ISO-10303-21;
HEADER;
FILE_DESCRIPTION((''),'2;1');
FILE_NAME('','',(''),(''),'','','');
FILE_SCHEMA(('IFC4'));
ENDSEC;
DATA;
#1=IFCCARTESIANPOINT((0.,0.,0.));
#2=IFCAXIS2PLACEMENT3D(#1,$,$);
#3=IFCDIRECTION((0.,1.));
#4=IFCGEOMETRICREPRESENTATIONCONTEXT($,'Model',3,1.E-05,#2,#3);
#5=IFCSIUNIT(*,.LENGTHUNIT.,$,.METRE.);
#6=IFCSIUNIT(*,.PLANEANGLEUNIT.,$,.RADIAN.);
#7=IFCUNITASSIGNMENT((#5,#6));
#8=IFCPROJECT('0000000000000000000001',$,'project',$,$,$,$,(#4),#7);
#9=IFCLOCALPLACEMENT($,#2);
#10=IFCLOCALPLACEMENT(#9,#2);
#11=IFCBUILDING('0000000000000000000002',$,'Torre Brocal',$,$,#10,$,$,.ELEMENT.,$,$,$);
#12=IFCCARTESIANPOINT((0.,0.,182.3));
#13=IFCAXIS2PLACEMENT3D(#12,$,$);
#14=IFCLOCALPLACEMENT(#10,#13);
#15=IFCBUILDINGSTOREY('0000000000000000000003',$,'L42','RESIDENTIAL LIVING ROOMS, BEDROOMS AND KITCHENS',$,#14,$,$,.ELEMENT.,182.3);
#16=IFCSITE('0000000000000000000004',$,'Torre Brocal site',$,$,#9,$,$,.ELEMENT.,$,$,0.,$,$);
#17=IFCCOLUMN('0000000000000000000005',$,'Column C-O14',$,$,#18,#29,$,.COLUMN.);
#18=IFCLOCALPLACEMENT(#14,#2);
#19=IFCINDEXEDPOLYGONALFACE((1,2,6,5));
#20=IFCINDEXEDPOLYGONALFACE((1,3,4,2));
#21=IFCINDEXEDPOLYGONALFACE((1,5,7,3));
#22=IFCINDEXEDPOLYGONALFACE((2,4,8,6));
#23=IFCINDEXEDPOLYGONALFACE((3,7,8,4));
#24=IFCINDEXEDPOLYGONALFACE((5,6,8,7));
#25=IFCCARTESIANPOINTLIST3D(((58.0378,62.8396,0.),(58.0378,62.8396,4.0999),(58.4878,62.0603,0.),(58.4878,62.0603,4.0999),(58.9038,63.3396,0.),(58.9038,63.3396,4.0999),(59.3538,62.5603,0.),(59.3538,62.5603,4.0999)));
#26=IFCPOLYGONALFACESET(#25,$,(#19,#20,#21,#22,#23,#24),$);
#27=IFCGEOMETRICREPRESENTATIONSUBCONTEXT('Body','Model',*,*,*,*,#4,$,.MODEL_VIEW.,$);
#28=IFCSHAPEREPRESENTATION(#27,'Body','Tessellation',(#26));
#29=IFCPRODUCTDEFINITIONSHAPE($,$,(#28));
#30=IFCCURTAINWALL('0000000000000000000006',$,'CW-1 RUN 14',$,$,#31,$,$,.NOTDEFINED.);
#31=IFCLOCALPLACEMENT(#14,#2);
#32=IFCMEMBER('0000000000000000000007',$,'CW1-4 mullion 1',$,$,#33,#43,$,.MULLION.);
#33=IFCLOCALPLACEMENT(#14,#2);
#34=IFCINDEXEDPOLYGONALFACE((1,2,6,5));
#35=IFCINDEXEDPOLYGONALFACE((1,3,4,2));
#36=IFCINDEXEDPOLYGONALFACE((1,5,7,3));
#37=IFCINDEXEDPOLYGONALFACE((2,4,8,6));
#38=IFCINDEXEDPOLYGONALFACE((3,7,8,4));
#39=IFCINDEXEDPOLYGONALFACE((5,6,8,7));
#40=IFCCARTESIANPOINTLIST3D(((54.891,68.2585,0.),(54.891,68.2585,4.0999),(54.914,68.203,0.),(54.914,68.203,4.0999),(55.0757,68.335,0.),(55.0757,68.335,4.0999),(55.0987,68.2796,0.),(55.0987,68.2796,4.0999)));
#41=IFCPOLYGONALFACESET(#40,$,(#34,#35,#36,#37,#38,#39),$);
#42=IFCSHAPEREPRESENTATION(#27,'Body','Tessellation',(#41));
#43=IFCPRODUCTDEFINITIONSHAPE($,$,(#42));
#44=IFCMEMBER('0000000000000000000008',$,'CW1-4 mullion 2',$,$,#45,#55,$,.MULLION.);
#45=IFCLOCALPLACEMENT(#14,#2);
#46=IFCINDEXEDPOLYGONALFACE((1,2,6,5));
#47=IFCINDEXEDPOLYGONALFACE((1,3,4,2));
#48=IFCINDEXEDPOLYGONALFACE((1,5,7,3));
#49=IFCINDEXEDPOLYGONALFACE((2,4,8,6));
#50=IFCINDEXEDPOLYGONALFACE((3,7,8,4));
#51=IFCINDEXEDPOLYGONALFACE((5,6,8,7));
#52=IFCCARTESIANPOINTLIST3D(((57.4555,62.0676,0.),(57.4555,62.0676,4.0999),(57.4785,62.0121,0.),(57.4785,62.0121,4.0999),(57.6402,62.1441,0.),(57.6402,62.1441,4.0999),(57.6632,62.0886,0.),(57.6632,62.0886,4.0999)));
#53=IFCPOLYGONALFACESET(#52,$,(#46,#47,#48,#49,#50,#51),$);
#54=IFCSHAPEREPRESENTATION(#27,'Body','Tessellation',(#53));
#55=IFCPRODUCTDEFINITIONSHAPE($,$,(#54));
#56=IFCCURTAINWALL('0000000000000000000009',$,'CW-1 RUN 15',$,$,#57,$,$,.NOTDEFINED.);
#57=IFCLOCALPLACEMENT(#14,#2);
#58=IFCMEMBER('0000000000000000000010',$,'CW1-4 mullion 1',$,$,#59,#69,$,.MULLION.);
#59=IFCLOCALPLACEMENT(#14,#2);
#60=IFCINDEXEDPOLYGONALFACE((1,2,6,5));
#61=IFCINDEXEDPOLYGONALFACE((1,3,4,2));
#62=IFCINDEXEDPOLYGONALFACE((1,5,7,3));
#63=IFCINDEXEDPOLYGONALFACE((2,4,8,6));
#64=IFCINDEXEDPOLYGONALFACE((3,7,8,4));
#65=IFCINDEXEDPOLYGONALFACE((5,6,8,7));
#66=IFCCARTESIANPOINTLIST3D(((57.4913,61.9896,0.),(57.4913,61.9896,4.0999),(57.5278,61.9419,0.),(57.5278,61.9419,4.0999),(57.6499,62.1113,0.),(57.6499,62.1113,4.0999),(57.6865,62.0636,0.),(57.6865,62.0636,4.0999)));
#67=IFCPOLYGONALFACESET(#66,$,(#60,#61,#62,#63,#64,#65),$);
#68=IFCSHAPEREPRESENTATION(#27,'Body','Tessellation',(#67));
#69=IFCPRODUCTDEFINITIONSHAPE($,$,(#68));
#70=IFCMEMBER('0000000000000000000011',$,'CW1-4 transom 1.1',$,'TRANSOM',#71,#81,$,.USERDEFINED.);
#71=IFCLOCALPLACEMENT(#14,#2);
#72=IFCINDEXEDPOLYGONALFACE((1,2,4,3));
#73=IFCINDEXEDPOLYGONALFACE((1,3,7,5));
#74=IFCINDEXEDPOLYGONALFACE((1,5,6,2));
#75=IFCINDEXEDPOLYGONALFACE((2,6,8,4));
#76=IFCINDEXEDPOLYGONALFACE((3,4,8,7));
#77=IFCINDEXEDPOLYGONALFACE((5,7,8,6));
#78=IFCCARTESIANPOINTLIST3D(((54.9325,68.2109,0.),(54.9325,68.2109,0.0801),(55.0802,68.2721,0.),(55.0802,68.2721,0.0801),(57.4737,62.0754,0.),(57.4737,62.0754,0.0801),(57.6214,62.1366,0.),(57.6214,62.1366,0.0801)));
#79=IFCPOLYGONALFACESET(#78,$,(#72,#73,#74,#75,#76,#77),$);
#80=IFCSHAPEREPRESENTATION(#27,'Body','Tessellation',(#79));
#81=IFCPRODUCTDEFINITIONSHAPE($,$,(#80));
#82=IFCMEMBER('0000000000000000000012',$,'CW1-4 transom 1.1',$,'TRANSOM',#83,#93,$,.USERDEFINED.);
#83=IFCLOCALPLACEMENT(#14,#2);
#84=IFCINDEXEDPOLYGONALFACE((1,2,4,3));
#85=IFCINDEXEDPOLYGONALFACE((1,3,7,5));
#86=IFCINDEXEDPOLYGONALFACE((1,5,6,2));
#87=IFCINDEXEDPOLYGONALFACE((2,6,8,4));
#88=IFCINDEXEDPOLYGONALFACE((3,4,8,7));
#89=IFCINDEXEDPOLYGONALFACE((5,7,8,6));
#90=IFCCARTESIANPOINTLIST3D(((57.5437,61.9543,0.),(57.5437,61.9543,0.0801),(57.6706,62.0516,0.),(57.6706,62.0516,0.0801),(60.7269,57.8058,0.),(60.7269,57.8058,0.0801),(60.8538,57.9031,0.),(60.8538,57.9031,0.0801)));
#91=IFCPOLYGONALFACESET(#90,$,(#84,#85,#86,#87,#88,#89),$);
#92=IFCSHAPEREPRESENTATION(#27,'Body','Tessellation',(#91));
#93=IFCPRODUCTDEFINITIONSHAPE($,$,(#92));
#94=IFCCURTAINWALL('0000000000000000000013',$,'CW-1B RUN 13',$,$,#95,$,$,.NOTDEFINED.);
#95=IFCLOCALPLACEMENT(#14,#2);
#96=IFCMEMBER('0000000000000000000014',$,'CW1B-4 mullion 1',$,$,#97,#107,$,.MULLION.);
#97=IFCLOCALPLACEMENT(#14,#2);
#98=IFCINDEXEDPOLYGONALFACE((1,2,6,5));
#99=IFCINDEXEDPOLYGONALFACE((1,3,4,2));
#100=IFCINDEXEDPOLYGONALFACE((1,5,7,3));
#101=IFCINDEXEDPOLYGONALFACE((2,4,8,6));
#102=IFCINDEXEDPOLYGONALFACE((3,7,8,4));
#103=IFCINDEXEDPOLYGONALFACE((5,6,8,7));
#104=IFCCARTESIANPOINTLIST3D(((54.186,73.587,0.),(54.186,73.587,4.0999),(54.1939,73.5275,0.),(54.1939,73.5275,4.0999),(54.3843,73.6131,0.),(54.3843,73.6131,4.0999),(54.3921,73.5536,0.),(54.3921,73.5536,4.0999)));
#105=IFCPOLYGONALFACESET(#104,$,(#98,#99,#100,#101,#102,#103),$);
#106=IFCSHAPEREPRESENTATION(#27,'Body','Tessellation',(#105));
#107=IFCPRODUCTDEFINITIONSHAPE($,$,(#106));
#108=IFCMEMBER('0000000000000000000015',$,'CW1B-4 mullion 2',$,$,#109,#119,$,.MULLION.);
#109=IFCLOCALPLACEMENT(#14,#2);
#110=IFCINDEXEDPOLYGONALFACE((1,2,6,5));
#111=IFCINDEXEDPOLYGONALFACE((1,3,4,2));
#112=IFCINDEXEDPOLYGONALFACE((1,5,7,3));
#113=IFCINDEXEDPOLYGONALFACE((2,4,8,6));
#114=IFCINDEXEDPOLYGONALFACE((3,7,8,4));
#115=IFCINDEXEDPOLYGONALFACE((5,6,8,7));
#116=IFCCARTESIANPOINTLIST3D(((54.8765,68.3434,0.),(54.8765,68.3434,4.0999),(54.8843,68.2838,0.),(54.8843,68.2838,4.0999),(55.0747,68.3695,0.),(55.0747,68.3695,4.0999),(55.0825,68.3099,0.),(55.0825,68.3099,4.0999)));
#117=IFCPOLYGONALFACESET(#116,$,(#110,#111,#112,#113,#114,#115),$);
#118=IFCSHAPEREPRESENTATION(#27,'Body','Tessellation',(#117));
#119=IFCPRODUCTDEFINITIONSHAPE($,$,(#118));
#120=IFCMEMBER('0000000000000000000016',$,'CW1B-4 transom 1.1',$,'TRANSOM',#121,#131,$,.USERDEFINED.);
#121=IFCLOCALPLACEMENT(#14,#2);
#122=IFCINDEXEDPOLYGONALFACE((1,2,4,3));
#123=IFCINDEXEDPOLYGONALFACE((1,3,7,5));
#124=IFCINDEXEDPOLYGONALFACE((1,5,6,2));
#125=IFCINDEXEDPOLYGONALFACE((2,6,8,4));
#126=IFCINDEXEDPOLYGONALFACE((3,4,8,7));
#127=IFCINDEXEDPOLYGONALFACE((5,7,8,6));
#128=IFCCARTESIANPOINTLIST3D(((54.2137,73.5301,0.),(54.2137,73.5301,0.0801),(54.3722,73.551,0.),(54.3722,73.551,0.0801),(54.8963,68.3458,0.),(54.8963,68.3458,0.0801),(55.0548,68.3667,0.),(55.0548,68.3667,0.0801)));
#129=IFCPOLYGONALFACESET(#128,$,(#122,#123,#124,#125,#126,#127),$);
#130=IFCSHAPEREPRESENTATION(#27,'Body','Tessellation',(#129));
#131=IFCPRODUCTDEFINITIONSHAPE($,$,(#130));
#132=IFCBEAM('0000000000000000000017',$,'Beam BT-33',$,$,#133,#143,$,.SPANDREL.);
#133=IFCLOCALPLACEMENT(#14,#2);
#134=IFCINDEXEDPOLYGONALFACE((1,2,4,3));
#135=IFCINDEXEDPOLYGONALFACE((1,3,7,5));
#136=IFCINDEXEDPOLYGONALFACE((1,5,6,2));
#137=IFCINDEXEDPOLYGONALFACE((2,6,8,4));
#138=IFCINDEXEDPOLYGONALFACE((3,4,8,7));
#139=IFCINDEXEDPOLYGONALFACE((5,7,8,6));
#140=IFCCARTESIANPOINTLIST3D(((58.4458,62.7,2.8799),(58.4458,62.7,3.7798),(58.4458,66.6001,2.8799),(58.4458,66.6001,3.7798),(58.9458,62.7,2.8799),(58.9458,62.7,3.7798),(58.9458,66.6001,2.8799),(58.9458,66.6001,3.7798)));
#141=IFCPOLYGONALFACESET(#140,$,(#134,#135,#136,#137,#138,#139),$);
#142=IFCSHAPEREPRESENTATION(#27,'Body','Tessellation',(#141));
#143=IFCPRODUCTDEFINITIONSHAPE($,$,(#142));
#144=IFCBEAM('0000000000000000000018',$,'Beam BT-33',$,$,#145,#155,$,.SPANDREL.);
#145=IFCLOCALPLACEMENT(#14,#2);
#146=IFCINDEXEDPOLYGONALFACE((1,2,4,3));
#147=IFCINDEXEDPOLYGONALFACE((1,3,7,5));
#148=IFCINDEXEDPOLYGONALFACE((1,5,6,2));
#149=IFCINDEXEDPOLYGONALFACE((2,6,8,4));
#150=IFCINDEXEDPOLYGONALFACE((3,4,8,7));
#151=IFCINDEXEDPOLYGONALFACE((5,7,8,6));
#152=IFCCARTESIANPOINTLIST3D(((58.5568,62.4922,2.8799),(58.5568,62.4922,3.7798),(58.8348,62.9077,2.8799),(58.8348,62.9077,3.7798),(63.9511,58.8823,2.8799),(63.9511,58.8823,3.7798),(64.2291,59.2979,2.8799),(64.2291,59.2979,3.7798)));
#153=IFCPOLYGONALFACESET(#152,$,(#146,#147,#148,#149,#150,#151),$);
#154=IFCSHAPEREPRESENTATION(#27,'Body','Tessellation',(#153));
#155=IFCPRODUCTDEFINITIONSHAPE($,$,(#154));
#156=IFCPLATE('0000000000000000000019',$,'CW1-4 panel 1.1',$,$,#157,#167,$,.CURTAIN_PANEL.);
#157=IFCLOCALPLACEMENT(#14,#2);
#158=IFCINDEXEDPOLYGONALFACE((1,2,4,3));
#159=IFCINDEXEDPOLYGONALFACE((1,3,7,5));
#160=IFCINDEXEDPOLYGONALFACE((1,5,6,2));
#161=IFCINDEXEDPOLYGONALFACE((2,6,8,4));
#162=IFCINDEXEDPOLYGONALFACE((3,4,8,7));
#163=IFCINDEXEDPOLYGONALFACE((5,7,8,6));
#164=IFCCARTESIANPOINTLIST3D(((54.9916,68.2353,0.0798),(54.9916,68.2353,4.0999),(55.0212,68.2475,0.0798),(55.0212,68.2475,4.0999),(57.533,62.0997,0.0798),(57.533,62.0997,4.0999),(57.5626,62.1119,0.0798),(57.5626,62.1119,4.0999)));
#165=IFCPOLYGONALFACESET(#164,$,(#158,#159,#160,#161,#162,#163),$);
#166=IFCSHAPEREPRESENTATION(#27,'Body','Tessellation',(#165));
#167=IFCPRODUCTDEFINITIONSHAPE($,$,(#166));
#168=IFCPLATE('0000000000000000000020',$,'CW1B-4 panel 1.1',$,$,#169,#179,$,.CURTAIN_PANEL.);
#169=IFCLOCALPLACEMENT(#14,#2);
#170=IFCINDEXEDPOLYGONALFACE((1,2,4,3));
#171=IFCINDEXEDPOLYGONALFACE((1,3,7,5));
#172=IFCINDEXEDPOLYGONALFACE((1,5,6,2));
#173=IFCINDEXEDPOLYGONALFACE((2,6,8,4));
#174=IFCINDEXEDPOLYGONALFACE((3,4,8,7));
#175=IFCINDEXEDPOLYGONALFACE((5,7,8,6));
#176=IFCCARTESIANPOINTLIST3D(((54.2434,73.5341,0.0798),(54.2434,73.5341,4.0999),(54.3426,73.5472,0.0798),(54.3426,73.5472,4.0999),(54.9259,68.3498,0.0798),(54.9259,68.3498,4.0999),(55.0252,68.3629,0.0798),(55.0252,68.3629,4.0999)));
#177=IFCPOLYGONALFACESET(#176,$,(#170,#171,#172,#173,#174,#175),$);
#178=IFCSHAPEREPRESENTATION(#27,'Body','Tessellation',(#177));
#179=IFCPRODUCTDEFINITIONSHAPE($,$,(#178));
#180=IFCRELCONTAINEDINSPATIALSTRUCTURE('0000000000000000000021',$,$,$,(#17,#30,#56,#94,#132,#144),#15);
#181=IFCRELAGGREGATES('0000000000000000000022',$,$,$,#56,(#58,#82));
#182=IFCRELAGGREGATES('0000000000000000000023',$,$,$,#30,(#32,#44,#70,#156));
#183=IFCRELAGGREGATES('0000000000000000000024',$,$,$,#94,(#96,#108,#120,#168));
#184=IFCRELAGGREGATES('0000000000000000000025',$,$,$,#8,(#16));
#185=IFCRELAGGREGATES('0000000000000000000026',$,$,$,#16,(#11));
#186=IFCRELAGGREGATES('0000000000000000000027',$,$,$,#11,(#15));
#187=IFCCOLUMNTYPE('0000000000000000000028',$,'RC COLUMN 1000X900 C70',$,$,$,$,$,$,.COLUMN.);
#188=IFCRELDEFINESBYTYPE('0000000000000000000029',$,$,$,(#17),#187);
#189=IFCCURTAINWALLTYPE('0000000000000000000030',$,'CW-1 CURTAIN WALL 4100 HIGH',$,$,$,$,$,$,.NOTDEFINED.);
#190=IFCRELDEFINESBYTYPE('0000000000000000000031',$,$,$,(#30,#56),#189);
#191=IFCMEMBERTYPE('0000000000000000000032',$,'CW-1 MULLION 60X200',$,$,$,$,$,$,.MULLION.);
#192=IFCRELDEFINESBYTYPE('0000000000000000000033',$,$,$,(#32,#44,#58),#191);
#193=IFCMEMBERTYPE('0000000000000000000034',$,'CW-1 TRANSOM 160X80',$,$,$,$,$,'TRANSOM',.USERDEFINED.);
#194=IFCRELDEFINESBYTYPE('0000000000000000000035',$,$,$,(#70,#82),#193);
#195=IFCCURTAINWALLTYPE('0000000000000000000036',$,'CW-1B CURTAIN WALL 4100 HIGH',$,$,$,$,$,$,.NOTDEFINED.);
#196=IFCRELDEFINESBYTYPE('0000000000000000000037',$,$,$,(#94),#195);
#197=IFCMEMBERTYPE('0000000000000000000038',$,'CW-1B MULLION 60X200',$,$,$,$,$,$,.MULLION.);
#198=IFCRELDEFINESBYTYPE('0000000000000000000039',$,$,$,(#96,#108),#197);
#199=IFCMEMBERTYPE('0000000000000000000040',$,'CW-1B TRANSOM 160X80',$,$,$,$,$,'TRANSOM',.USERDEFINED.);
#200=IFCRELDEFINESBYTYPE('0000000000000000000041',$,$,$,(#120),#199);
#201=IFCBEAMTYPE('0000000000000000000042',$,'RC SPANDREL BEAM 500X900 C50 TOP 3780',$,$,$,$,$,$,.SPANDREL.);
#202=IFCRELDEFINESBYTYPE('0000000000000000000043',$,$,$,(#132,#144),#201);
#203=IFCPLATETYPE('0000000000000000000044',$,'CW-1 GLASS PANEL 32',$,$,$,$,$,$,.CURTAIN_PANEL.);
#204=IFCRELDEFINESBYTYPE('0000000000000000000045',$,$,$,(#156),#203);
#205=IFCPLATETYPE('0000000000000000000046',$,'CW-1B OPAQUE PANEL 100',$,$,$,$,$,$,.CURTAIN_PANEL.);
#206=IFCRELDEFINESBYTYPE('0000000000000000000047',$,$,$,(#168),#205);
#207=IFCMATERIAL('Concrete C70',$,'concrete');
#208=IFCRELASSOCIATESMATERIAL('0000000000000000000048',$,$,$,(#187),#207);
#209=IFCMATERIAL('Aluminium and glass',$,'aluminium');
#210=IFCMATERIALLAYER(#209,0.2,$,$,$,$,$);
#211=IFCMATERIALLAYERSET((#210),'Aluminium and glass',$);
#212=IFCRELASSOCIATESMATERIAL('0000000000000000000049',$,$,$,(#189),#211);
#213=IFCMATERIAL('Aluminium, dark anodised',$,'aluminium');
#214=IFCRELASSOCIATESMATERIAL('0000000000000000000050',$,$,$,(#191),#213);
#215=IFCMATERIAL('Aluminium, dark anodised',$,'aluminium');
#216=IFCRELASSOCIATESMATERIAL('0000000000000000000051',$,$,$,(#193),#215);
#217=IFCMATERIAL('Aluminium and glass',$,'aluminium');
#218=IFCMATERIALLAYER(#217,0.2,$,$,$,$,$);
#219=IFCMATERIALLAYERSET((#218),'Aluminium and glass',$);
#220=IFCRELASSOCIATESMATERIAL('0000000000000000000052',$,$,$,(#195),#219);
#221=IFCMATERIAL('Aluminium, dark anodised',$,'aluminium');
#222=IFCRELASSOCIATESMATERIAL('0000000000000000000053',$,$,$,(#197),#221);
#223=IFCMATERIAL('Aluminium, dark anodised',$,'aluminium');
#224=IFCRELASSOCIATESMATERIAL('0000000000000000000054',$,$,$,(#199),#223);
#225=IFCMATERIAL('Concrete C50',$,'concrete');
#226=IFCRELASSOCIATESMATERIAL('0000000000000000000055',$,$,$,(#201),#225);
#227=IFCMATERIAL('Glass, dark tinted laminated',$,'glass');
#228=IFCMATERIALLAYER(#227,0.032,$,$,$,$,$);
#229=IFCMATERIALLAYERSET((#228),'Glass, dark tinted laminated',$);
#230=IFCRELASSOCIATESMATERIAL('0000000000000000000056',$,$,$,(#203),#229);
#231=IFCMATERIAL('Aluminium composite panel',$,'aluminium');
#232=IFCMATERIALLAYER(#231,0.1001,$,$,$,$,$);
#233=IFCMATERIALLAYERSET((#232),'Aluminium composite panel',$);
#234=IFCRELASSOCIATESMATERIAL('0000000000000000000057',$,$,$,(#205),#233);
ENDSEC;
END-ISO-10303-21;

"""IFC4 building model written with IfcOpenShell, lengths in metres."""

from ifc_helpers import new_model, si_unit, direction, frame, origin, origin_2d, place, context, subcontext, project, spatial, rectangle, extrude, material, layer, layer_set, material_profile, profile_set, type_object, element, aggregate, save


model = new_model("IFC4")

# Units and contexts
model_context = context("Model", 3, precision=1e-05, world=origin(), true_north=direction((0.0, 1.0)))
body_context = subcontext(model_context, "Body", "Model", "MODEL_VIEW")
ifc_project = project(units=[si_unit("LENGTHUNIT", "METRE"), si_unit("PLANEANGLEUNIT", "RADIAN")], contexts=[model_context])

# Site, building, storey
site_placement = place(None, origin())
site = spatial("IfcSite", under=ifc_project, at=site_placement, Name="Torre Brocal site", CompositionType="ELEMENT", RefElevation=0.0)
building_placement = place(site_placement, origin())
building = spatial("IfcBuilding", under=site, at=building_placement, Name="Torre Brocal", CompositionType="ELEMENT")
storey_placement = place(building_placement, frame((0.0, 0.0, 182.3)))
storey = spatial("IfcBuildingStorey", under=building, at=storey_placement, Name="L42", Description="RESIDENTIAL LIVING ROOMS, BEDROOMS AND KITCHENS", CompositionType="ELEMENT", Elevation=182.3)

# Column
ifc_material_1 = material(Name="Concrete C70", Category="concrete")
ifc_material_profile_1 = material_profile(ifc_material_1, rectangle(XDim=1.0, YDim=0.8999, at=origin_2d()), Name="RC 1000X900")
ifc_profile_set_1 = profile_set([ifc_material_profile_1], Name="Concrete C70")
column_type = type_object("IfcColumnType", Name="RC COLUMN 1000X900 C70", PredefinedType="COLUMN", material=ifc_profile_set_1)
column_placement = place(storey_placement, frame((58.6958, 62.7, 0.0), z_axis=(0.0, 0.0, 1.0), x_axis=(-0.866025, -0.5, 0.0)))
element("IfcColumn", 1, at=column_placement, inside=storey, type_object=column_type, Name="Column C-O14", PredefinedType="COLUMN", context=body_context, shape_type="SweptSolid", body=[
    extrude(rectangle(XDim=1.0, YDim=0.8999, at=origin_2d()), origin(), (0.0, 0.0, 1.0), 4.0999),
])

# Curtain wall, members
ifc_material_2 = material(Name="Aluminium and glass", Category="aluminium")
ifc_layer_1 = layer(ifc_material_2, 0.2)
ifc_layer_set_1 = layer_set([ifc_layer_1], Name="Aluminium and glass")
curtain_wall_type_1 = type_object("IfcCurtainWallType", Name="CW-1 CURTAIN WALL 4100 HIGH", PredefinedType="NOTDEFINED", material=ifc_layer_set_1)
curtain_wall_1_placement = place(storey_placement, origin())
curtain_wall_1 = element("IfcCurtainWall", 2, at=curtain_wall_1_placement, inside=storey, type_object=curtain_wall_type_1, Name="CW-1 RUN 14", PredefinedType="NOTDEFINED")
ifc_material_3 = material(Name="Aluminium, dark anodised", Category="aluminium")
ifc_material_profile_2 = material_profile(ifc_material_3, rectangle(XDim=0.2, YDim=0.0601, at=origin_2d()), Name="CW-1 MULLION 60X200")
ifc_profile_set_2 = profile_set([ifc_material_profile_2], Name="Aluminium, dark anodised")
member_type_1 = type_object("IfcMemberType", Name="CW-1 MULLION 60X200", PredefinedType="MULLION", material=ifc_profile_set_2)
member_1_placement = place(storey_placement, frame((54.9949, 68.269, 0.0), z_axis=(0.0, 0.0, 1.0), x_axis=(0.92388, 0.382683, 0.0)))
member_1 = element("IfcMember", 3, at=member_1_placement, type_object=member_type_1, Name="CW1-4 mullion 1", PredefinedType="MULLION", context=body_context, shape_type="SweptSolid", body=[
    extrude(rectangle(XDim=0.2, YDim=0.0601, at=origin_2d()), origin(), (0.0, 0.0, 1.0), 4.0999),
])
member_2_placement = place(storey_placement, frame((57.5593, 62.0781, 0.0), z_axis=(0.0, 0.0, 1.0), x_axis=(0.92388, 0.382683, 0.0)))
member_2 = element("IfcMember", 4, at=member_2_placement, type_object=member_type_1, Name="CW1-4 mullion 2", PredefinedType="MULLION", context=body_context, shape_type="SweptSolid", body=[
    extrude(rectangle(XDim=0.2, YDim=0.0601, at=origin_2d()), origin(), (0.0, 0.0, 1.0), 4.0999),
])

# Curtain wall, member
curtain_wall_2_placement = place(storey_placement, origin())
curtain_wall_2 = element("IfcCurtainWall", 5, at=curtain_wall_2_placement, inside=storey, type_object=curtain_wall_type_1, Name="CW-1 RUN 15", PredefinedType="NOTDEFINED")
member_3_placement = place(storey_placement, frame((57.5889, 62.0266, 0.0), z_axis=(0.0, 0.0, 1.0), x_axis=(0.793353, 0.608761, 0.0)))
member_3 = element("IfcMember", 6, at=member_3_placement, type_object=member_type_1, Name="CW1-4 mullion 1", PredefinedType="MULLION", context=body_context, shape_type="SweptSolid", body=[
    extrude(rectangle(XDim=0.2, YDim=0.0601, at=origin_2d()), origin(), (0.0, 0.0, 1.0), 4.0999),
])

# Members
ifc_material_4 = material(Name="Aluminium, dark anodised", Category="aluminium")
ifc_material_profile_3 = material_profile(ifc_material_4, rectangle(XDim=0.1599, YDim=0.0801, at=origin_2d()), Name="CW-1 TRANSOM 160X80")
ifc_profile_set_3 = profile_set([ifc_material_profile_3], Name="Aluminium, dark anodised")
member_type_2 = type_object("IfcMemberType", Name="CW-1 TRANSOM 160X80", ElementType="TRANSOM", PredefinedType="USERDEFINED", material=ifc_profile_set_3)
member_4_placement = place(storey_placement, frame((55.0063, 68.2415, 0.04), z_axis=(0.382665, -0.923887, 0.0), x_axis=(0.923887, 0.382665, 0.0)))
member_4 = element("IfcMember", 7, at=member_4_placement, type_object=member_type_2, Name="CW1-4 transom 1.1", ObjectType="TRANSOM", PredefinedType="USERDEFINED", context=body_context, shape_type="SweptSolid", body=[
    extrude(rectangle(XDim=0.1599, YDim=0.0801, at=origin_2d()), origin(), (0.0, 0.0, 1.0), 6.6409),
])
member_5_placement = place(storey_placement, frame((57.6072, 62.0029, 0.04), z_axis=(0.608749, -0.793363, 0.0), x_axis=(0.793363, 0.608749, 0.0)))
member_5 = element("IfcMember", 8, at=member_5_placement, type_object=member_type_2, Name="CW1-4 transom 1.1", ObjectType="TRANSOM", PredefinedType="USERDEFINED", context=body_context, shape_type="SweptSolid", body=[
    extrude(rectangle(XDim=0.1599, YDim=0.0801, at=origin_2d()), origin(), (0.0, 0.0, 1.0), 5.229),
])
aggregate(curtain_wall_2, [member_3, member_5])

# Curtain wall, members
ifc_material_5 = material(Name="Aluminium and glass", Category="aluminium")
ifc_layer_2 = layer(ifc_material_5, 0.2)
ifc_layer_set_2 = layer_set([ifc_layer_2], Name="Aluminium and glass")
curtain_wall_type_2 = type_object("IfcCurtainWallType", Name="CW-1B CURTAIN WALL 4100 HIGH", PredefinedType="NOTDEFINED", material=ifc_layer_set_2)
curtain_wall_3_placement = place(storey_placement, origin())
curtain_wall_3 = element("IfcCurtainWall", 9, at=curtain_wall_3_placement, inside=storey, type_object=curtain_wall_type_2, Name="CW-1B RUN 13", PredefinedType="NOTDEFINED")
ifc_material_6 = material(Name="Aluminium, dark anodised", Category="aluminium")
ifc_material_profile_4 = material_profile(ifc_material_6, rectangle(XDim=0.2, YDim=0.0601, at=origin_2d()), Name="CW-1B MULLION 60X200")
ifc_profile_set_4 = profile_set([ifc_material_profile_4], Name="Aluminium, dark anodised")
member_type_3 = type_object("IfcMemberType", Name="CW-1B MULLION 60X200", PredefinedType="MULLION", material=ifc_profile_set_4)
member_6_placement = place(storey_placement, frame((54.2891, 73.5703, 0.0), z_axis=(0.0, 0.0, 1.0), x_axis=(0.991445, 0.130526, 0.0)))
member_6 = element("IfcMember", 10, at=member_6_placement, type_object=member_type_3, Name="CW1B-4 mullion 1", PredefinedType="MULLION", context=body_context, shape_type="SweptSolid", body=[
    extrude(rectangle(XDim=0.2, YDim=0.0601, at=origin_2d()), origin(), (0.0, 0.0, 1.0), 4.0999),
])
member_7_placement = place(storey_placement, frame((54.9795, 68.3267, 0.0), z_axis=(0.0, 0.0, 1.0), x_axis=(0.991445, 0.130526, 0.0)))
member_7 = element("IfcMember", 11, at=member_7_placement, type_object=member_type_3, Name="CW1B-4 mullion 2", PredefinedType="MULLION", context=body_context, shape_type="SweptSolid", body=[
    extrude(rectangle(XDim=0.2, YDim=0.0601, at=origin_2d()), origin(), (0.0, 0.0, 1.0), 4.0999),
])
ifc_material_7 = material(Name="Aluminium, dark anodised", Category="aluminium")
ifc_material_profile_5 = material_profile(ifc_material_7, rectangle(XDim=0.1599, YDim=0.0801, at=origin_2d()), Name="CW-1B TRANSOM 160X80")
ifc_profile_set_5 = profile_set([ifc_material_profile_5], Name="Aluminium, dark anodised")
member_type_4 = type_object("IfcMemberType", Name="CW-1B TRANSOM 160X80", ElementType="TRANSOM", PredefinedType="USERDEFINED", material=ifc_profile_set_5)
member_8_placement = place(storey_placement, frame((54.293, 73.5405, 0.04), z_axis=(0.130543, -0.991443, 0.0), x_axis=(0.991443, 0.130543, 0.0)))
member_8 = element("IfcMember", 12, at=member_8_placement, type_object=member_type_4, Name="CW1B-4 transom 1.1", ObjectType="TRANSOM", PredefinedType="USERDEFINED", context=body_context, shape_type="SweptSolid", body=[
    extrude(rectangle(XDim=0.1599, YDim=0.0801, at=origin_2d()), origin(), (0.0, 0.0, 1.0), 5.229),
])

# Beams
ifc_material_8 = material(Name="Concrete C50", Category="concrete")
ifc_material_profile_6 = material_profile(ifc_material_8, rectangle(XDim=0.5, YDim=0.8999, at=origin_2d()), Name="RC 500X900")
ifc_profile_set_6 = profile_set([ifc_material_profile_6], Name="Concrete C50")
beam_type = type_object("IfcBeamType", Name="RC SPANDREL BEAM 500X900 C50 TOP 3780", PredefinedType="SPANDREL", material=ifc_profile_set_6)
beam_1_placement = place(storey_placement, frame((58.6958, 62.7, 3.3298), z_axis=(0.0, 1.0, 0.0), x_axis=(-1.0, 0.0, 0.0)))
element("IfcBeam", 13, at=beam_1_placement, inside=storey, type_object=beam_type, Name="Beam BT-33", PredefinedType="SPANDREL", context=body_context, shape_type="SweptSolid", body=[
    extrude(rectangle(XDim=0.5, YDim=0.8999, at=origin_2d()), origin(), (0.0, 0.0, 1.0), 3.9001),
])
beam_2_placement = place(storey_placement, frame((58.6958, 62.7, 3.3298), z_axis=(0.831077, -0.556158, 0.0), x_axis=(0.556158, 0.831077, 0.0)))
element("IfcBeam", 14, at=beam_2_placement, inside=storey, type_object=beam_type, Name="Beam BT-33", PredefinedType="SPANDREL", context=body_context, shape_type="SweptSolid", body=[
    extrude(rectangle(XDim=0.5, YDim=0.8999, at=origin_2d()), origin(), (0.0, 0.0, 1.0), 6.4907),
])

# Plates
ifc_material_9 = material(Name="Glass, dark tinted laminated", Category="glass")
ifc_layer_3 = layer(ifc_material_9, 0.032)
ifc_layer_set_3 = layer_set([ifc_layer_3], Name="Glass, dark tinted laminated")
plate_type_1 = type_object("IfcPlateType", Name="CW-1 GLASS PANEL 32", PredefinedType="CURTAIN_PANEL", material=ifc_layer_set_3)
plate_1_placement = place(storey_placement, frame((56.2771, 65.1736, 0.0798), z_axis=(0.0, 0.0, 1.0), x_axis=(0.382683, -0.92388, 0.0)))
plate_1 = element("IfcPlate", 15, at=plate_1_placement, type_object=plate_type_1, Name="CW1-4 panel 1.1", PredefinedType="CURTAIN_PANEL", context=body_context, shape_type="SweptSolid", body=[
    extrude(rectangle(XDim=6.6411, YDim=0.032, at=origin_2d()), origin(), (0.0, 0.0, 1.0), 4.02),
])
aggregate(curtain_wall_1, [member_1, member_2, member_4, plate_1])
ifc_material_10 = material(Name="Aluminium composite panel", Category="aluminium")
ifc_layer_4 = layer(ifc_material_10, 0.1001)
ifc_layer_set_4 = layer_set([ifc_layer_4], Name="Aluminium composite panel")
plate_type_2 = type_object("IfcPlateType", Name="CW-1B OPAQUE PANEL 100", PredefinedType="CURTAIN_PANEL", material=ifc_layer_set_4)
plate_2_placement = place(storey_placement, frame((54.6343, 70.9485, 0.0798), z_axis=(0.0, 0.0, 1.0), x_axis=(0.130526, -0.991445, 0.0)))
plate_2 = element("IfcPlate", 16, at=plate_2_placement, type_object=plate_type_2, Name="CW1B-4 panel 1.1", PredefinedType="CURTAIN_PANEL", context=body_context, shape_type="SweptSolid", body=[
    extrude(rectangle(XDim=5.229, YDim=0.1001, at=origin_2d()), origin(), (0.0, 0.0, 1.0), 4.02),
])
aggregate(curtain_wall_3, [member_6, member_7, member_8, plate_2])

save(model, "model.ifc")
